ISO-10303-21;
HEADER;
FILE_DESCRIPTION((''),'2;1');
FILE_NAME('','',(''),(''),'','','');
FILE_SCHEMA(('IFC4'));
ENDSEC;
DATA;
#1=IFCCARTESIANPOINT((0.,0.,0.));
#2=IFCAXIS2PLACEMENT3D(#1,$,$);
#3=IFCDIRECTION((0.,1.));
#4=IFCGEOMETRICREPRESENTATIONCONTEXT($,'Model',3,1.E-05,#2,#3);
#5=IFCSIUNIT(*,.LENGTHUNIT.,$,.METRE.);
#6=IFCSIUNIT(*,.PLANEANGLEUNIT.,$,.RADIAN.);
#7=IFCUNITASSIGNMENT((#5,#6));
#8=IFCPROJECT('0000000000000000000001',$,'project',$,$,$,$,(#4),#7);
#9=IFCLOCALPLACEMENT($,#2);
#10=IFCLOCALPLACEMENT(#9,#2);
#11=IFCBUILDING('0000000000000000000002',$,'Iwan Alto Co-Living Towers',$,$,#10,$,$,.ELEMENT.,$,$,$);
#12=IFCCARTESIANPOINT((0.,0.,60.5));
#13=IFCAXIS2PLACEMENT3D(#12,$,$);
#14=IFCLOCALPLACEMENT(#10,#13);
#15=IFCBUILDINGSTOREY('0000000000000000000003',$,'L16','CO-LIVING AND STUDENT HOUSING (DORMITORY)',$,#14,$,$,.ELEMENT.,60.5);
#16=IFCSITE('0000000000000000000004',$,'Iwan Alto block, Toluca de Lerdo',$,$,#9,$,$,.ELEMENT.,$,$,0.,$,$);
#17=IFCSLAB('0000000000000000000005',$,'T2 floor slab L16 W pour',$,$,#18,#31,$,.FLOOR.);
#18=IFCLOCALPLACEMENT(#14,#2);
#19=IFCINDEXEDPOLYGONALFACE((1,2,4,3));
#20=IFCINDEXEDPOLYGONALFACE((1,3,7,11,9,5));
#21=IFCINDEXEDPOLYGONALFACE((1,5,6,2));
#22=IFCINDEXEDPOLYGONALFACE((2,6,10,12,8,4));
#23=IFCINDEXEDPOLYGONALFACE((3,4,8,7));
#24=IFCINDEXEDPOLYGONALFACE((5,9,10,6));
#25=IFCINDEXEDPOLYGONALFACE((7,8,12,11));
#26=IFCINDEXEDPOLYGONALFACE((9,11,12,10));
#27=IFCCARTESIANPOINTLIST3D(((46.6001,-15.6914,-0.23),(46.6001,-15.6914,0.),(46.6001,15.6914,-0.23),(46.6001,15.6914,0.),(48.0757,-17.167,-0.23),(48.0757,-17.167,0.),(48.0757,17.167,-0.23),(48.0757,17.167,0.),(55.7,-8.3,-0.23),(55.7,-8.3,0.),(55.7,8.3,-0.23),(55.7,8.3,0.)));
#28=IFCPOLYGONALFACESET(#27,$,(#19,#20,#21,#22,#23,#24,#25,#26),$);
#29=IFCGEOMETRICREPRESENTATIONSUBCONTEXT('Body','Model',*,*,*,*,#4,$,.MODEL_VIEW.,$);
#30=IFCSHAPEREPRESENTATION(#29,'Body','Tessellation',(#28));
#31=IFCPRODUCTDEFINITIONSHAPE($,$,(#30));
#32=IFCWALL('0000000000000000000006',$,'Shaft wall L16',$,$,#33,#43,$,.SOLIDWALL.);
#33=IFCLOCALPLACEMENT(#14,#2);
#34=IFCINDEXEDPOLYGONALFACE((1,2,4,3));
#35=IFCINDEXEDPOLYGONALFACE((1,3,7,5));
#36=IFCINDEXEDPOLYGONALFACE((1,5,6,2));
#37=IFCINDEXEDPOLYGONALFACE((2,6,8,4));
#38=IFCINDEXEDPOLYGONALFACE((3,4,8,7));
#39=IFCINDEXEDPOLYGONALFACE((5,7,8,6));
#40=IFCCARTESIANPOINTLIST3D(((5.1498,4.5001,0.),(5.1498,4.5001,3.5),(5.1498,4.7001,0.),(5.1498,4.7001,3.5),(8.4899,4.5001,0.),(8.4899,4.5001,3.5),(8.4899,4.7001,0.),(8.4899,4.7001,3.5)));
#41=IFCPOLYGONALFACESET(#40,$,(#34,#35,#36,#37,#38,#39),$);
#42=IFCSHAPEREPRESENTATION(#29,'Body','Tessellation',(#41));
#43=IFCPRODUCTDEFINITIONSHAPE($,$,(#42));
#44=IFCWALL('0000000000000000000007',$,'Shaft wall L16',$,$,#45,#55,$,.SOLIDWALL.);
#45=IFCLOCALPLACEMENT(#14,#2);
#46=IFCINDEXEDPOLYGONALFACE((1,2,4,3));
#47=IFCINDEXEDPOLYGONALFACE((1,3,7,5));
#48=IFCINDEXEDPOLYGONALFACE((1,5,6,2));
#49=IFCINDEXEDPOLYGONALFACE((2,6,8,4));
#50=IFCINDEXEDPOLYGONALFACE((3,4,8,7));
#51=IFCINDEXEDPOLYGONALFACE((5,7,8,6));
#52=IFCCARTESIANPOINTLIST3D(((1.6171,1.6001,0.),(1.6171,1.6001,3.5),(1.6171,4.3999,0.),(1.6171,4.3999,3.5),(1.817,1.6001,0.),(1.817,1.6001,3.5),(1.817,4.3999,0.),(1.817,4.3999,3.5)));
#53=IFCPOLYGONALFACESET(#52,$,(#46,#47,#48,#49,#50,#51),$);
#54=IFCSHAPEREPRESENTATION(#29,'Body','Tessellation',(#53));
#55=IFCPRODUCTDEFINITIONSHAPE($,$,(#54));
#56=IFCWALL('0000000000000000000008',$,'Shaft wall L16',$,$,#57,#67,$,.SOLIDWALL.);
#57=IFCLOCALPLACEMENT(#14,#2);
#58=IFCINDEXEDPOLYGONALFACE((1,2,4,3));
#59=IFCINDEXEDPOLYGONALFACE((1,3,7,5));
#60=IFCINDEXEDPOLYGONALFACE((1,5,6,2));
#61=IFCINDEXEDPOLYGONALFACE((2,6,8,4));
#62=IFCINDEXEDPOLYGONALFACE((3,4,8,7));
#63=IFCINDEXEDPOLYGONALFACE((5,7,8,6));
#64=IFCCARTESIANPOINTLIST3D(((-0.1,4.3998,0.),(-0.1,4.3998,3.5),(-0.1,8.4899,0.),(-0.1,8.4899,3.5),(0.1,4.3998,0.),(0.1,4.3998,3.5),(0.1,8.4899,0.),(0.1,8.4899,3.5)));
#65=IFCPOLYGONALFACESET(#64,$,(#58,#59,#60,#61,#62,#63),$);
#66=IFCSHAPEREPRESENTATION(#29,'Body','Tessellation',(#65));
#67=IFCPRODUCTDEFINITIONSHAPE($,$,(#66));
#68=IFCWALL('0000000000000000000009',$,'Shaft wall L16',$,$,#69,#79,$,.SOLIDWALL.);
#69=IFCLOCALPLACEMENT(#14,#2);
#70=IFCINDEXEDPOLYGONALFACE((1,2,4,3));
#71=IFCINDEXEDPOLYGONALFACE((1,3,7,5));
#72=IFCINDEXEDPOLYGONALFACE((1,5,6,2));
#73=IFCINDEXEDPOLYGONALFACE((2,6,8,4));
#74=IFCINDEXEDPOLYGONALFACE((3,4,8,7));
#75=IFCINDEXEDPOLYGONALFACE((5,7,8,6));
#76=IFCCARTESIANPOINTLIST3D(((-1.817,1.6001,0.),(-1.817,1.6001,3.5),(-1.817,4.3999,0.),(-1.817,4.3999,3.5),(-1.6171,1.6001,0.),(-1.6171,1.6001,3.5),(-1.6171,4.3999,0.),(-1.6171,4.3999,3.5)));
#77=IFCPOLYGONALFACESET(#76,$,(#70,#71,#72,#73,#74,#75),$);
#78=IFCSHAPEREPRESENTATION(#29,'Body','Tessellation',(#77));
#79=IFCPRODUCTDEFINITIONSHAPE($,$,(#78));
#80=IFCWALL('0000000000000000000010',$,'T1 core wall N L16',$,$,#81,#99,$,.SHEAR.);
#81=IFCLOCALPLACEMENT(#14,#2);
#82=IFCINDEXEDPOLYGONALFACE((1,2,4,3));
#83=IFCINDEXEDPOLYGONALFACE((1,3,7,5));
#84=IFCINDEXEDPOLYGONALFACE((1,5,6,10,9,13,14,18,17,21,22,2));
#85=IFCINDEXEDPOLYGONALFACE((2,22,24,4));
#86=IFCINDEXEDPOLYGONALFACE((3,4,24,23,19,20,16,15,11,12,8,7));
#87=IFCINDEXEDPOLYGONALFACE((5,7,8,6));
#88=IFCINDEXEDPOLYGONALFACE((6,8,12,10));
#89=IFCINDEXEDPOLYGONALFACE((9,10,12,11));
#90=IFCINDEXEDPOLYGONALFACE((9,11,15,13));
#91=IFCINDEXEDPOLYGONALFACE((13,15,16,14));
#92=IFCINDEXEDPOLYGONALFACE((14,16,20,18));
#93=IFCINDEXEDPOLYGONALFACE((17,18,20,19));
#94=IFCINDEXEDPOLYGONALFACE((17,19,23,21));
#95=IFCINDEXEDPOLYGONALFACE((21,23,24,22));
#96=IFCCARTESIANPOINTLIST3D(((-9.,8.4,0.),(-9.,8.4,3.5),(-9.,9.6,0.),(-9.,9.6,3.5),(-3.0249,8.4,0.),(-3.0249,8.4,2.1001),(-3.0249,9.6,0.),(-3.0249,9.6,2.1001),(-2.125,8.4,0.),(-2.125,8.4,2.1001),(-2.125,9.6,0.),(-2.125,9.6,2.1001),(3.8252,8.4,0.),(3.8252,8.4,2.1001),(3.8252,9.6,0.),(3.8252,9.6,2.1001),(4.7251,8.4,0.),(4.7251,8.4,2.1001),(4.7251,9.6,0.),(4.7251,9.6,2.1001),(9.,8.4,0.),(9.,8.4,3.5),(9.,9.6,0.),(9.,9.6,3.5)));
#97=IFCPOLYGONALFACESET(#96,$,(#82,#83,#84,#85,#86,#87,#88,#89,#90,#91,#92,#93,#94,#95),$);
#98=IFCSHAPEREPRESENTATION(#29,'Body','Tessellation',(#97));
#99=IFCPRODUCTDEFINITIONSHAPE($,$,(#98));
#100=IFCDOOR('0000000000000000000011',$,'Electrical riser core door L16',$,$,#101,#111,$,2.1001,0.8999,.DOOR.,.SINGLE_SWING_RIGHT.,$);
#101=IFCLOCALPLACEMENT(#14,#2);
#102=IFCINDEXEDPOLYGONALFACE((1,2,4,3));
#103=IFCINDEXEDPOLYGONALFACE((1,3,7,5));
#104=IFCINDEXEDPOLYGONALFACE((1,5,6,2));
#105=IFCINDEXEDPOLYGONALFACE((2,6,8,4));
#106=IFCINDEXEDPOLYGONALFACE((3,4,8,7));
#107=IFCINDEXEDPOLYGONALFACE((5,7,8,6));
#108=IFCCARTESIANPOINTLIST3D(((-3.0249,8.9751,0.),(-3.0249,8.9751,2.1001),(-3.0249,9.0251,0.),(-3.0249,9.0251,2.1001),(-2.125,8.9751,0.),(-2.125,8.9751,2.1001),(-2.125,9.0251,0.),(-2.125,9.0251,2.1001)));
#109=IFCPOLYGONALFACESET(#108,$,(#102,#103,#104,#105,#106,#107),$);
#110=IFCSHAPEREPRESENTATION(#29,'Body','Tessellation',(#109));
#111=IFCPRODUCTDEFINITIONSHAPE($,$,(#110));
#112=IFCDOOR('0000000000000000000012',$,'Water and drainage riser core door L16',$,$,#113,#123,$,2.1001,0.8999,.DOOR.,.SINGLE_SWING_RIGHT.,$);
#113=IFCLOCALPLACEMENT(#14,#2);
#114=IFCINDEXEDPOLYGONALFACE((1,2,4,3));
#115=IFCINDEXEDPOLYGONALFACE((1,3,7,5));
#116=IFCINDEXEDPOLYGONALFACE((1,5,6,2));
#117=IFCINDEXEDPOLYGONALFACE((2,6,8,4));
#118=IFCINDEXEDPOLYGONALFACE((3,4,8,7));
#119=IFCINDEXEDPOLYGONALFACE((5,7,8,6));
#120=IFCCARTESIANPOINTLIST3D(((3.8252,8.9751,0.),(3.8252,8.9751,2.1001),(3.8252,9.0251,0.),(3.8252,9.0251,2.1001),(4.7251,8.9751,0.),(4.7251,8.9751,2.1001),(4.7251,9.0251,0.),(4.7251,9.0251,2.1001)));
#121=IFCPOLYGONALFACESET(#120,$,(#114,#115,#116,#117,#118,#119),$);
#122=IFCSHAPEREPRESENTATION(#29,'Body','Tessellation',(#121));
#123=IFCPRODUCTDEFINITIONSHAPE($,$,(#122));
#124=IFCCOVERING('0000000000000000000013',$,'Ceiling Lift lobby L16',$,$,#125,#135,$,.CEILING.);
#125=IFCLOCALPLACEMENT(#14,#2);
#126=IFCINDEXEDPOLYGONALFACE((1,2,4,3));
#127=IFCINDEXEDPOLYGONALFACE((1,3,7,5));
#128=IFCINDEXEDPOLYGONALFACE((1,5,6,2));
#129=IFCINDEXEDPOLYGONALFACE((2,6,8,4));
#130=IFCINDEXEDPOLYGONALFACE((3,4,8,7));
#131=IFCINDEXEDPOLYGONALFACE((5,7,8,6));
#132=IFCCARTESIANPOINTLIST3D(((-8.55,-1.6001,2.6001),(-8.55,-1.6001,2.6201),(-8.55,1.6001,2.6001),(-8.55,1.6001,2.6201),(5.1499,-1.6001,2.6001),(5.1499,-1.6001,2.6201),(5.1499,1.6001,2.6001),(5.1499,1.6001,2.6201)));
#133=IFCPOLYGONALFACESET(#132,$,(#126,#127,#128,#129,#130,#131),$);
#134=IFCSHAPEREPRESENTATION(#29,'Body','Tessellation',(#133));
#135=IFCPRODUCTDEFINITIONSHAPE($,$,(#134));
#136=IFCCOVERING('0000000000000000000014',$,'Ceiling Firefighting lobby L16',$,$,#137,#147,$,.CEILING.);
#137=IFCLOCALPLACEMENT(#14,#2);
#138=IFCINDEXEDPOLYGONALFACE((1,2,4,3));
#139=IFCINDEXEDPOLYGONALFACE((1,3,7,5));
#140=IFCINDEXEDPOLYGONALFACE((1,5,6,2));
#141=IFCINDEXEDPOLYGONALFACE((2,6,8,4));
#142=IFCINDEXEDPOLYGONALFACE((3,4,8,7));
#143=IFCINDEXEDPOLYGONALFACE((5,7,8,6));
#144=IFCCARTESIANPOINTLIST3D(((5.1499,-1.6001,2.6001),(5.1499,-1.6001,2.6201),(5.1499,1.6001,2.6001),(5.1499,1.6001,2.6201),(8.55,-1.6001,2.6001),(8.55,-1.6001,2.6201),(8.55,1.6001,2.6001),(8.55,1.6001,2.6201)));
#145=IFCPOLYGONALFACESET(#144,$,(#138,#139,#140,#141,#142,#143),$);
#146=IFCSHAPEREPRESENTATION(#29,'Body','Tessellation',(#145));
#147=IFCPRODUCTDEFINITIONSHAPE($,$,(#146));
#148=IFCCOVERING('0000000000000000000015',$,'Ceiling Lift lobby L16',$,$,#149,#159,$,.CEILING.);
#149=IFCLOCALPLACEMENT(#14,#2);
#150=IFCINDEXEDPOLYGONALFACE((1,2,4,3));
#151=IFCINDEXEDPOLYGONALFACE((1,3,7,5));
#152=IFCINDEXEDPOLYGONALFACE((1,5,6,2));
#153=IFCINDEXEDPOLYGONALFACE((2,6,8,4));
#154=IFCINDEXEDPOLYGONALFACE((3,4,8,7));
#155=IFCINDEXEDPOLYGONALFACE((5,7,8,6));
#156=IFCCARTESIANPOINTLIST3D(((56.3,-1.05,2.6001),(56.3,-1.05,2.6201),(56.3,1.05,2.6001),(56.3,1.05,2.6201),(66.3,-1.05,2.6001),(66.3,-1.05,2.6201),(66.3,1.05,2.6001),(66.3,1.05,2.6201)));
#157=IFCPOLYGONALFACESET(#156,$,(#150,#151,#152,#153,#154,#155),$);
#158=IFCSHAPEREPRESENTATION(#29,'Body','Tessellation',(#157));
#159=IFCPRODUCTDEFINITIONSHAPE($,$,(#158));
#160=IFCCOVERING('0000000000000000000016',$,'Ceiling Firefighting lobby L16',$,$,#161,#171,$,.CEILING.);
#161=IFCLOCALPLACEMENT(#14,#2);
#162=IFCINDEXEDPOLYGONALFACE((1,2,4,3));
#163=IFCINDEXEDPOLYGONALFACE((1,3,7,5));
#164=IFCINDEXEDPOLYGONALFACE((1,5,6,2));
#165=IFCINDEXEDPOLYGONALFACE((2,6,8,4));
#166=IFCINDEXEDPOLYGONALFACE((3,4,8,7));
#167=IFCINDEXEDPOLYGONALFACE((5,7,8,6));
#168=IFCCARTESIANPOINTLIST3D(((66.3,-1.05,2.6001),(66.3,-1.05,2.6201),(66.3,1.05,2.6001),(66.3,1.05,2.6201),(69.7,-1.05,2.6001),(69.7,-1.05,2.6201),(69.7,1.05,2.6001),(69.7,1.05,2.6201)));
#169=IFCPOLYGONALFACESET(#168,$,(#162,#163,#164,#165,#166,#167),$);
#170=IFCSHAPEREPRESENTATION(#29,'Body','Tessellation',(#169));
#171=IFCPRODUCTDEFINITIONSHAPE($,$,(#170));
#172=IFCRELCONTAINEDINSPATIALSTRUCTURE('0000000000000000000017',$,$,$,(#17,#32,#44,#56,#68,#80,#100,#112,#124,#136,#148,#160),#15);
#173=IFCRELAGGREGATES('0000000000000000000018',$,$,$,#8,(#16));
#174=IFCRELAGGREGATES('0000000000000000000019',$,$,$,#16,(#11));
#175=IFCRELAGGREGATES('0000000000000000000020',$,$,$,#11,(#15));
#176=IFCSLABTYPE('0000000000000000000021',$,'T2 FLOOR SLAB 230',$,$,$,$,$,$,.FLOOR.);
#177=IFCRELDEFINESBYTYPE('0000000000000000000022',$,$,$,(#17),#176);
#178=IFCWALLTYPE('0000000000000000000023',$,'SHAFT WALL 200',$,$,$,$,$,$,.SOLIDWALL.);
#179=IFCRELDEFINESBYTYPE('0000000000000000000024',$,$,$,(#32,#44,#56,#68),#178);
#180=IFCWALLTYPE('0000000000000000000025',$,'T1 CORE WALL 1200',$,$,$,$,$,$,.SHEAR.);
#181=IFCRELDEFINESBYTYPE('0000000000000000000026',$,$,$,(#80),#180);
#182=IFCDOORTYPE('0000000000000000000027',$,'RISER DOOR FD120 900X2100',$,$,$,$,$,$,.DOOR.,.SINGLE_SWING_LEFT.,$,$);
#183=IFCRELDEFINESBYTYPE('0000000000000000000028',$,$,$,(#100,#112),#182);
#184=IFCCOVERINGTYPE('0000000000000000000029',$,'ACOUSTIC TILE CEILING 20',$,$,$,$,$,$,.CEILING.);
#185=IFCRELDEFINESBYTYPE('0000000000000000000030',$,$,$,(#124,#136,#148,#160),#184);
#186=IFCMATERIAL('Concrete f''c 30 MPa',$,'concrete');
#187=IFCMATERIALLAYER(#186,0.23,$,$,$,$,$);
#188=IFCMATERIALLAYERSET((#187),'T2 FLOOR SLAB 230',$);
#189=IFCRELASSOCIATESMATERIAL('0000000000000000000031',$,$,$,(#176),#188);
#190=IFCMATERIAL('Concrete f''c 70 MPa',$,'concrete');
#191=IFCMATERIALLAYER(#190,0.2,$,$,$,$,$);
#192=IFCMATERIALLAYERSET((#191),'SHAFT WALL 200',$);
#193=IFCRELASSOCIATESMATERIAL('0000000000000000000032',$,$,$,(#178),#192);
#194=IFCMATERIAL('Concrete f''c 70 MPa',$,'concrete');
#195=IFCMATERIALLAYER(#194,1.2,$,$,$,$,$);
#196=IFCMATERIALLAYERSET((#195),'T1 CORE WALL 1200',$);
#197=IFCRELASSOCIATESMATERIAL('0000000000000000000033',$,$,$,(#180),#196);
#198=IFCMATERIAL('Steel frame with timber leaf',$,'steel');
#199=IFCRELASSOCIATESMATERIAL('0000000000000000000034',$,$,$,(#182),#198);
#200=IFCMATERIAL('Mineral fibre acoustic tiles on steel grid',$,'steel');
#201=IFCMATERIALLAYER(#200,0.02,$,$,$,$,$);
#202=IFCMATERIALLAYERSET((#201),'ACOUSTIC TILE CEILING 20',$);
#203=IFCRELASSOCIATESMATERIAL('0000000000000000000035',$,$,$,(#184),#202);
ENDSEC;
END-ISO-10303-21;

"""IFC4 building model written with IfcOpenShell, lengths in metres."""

from ifc_helpers import new_model, si_unit, direction, frame, frame_2d, origin, place, context, subcontext, project, spatial, polyline, rectangle, outline, extrude, material, layer, layer_set, type_object, element, fill, save


model = new_model("IFC4")

# Units and contexts
model_context = context("Model", 3, precision=1e-05, world=origin(), true_north=direction((0.0, 1.0)))
body_context = subcontext(model_context, "Body", "Model", "MODEL_VIEW")
ifc_project = project(units=[si_unit("LENGTHUNIT", "METRE"), si_unit("PLANEANGLEUNIT", "RADIAN")], contexts=[model_context])

# Site, building, storey
site_placement = place(None, origin())
site = spatial("IfcSite", under=ifc_project, at=site_placement, Name="Iwan Alto block, Toluca de Lerdo", CompositionType="ELEMENT", RefElevation=0.0)
building_placement = place(site_placement, origin())
building = spatial("IfcBuilding", under=site, at=building_placement, Name="Iwan Alto Co-Living Towers", CompositionType="ELEMENT")
storey_placement = place(building_placement, frame((0.0, 0.0, 60.5)))
storey = spatial("IfcBuildingStorey", under=building, at=storey_placement, Name="L16", Description="CO-LIVING AND STUDENT HOUSING (DORMITORY)", CompositionType="ELEMENT", Elevation=60.5)

# Slab
ifc_material_1 = material(Name="Concrete f'c 30 MPa", Category="concrete")
ifc_layer_1 = layer(ifc_material_1, 0.23)
ifc_layer_set_1 = layer_set([ifc_layer_1], Name="T2 FLOOR SLAB 230")
slab_type_1 = type_object("IfcSlabType", Name="T2 FLOOR SLAB 230", PredefinedType="FLOOR", material=ifc_layer_set_1)
slab_1_placement = place(storey_placement, frame((0.0, 0.0, -0.23)))
element("IfcSlab", 1, at=slab_1_placement, inside=storey, type_object=slab_type_1, Name="T2 floor slab L16 W pour", PredefinedType="FLOOR", context=body_context, shape_type="SweptSolid", body=[
    extrude(outline(polyline([(46.6001, 15.6914), (48.0757, 17.167), (55.7, 8.3), (55.7, -8.3), (48.0757, -17.167), (46.6001, -15.6914), (46.6001, 15.6914)])), origin(), (0.0, 0.0, 1.0), 0.23),
])

# Walls
ifc_material_2 = material(Name="Concrete f'c 70 MPa", Category="concrete")
ifc_layer_2 = layer(ifc_material_2, 0.2)
ifc_layer_set_2 = layer_set([ifc_layer_2], Name="SHAFT WALL 200")
wall_type_1 = type_object("IfcWallType", Name="SHAFT WALL 200", PredefinedType="SOLIDWALL", material=ifc_layer_set_2)
wall_1_placement = place(storey_placement, frame((5.1499, 4.6001, 0.0), z_axis=(0.0, 0.0, 1.0), x_axis=(1.0, 0.0, 0.0)))
element("IfcWall", 2, at=wall_1_placement, inside=storey, type_object=wall_type_1, Name="Shaft wall L16", PredefinedType="SOLIDWALL", context=body_context, shape_type="SweptSolid", body=[
    extrude(rectangle(XDim=3.3401, YDim=0.2, at=frame_2d((1.6699, 0.0))), origin(), (0.0, 0.0, 1.0), 3.5),
])
wall_2_placement = place(storey_placement, frame((1.717, 1.6001, 0.0), z_axis=(0.0, 0.0, 1.0), x_axis=(0.0, 1.0, 0.0)))
element("IfcWall", 3, at=wall_2_placement, inside=storey, type_object=wall_type_1, Name="Shaft wall L16", PredefinedType="SOLIDWALL", context=body_context, shape_type="SweptSolid", body=[
    extrude(rectangle(XDim=2.7998, YDim=0.2, at=frame_2d((1.3999, 0.0))), origin(), (0.0, 0.0, 1.0), 3.5),
])
wall_3_placement = place(storey_placement, frame((0.0, 4.3999, 0.0), z_axis=(0.0, 0.0, 1.0), x_axis=(0.0, 1.0, 0.0)))
element("IfcWall", 4, at=wall_3_placement, inside=storey, type_object=wall_type_1, Name="Shaft wall L16", PredefinedType="SOLIDWALL", context=body_context, shape_type="SweptSolid", body=[
    extrude(rectangle(XDim=4.0901, YDim=0.2, at=frame_2d((2.0449, 0.0))), origin(), (0.0, 0.0, 1.0), 3.5),
])
wall_4_placement = place(storey_placement, frame((-1.717, 1.6001, 0.0), z_axis=(0.0, 0.0, 1.0), x_axis=(0.0, 1.0, 0.0)))
element("IfcWall", 5, at=wall_4_placement, inside=storey, type_object=wall_type_1, Name="Shaft wall L16", PredefinedType="SOLIDWALL", context=body_context, shape_type="SweptSolid", body=[
    extrude(rectangle(XDim=2.7998, YDim=0.2, at=frame_2d((1.3999, 0.0))), origin(), (0.0, 0.0, 1.0), 3.5),
])

# Wall, openings, doors
ifc_material_3 = material(Name="Concrete f'c 70 MPa", Category="concrete")
ifc_layer_3 = layer(ifc_material_3, 1.2)
ifc_layer_set_3 = layer_set([ifc_layer_3], Name="T1 CORE WALL 1200")
wall_type_2 = type_object("IfcWallType", Name="T1 CORE WALL 1200", PredefinedType="SHEAR", material=ifc_layer_set_3)
wall_5_placement = place(storey_placement, frame((9.0, 9.0, 0.0), z_axis=(0.0, 0.0, 1.0), x_axis=(-1.0, 0.0, 0.0)))
wall_5 = element("IfcWall", 6, at=wall_5_placement, inside=storey, type_object=wall_type_2, Name="T1 core wall N L16", PredefinedType="SHEAR", context=body_context, shape_type="SweptSolid", body=[
    extrude(rectangle(XDim=18.0, YDim=1.2, at=frame_2d((9.0, 0.0))), origin(), (0.0, 0.0, 1.0), 3.5),
])
opening_1_placement = place(wall_5_placement, frame((11.125, 0.0, 0.0)))
opening_1 = element("IfcOpeningElement", 7, at=opening_1_placement, cuts=wall_5, PredefinedType="OPENING", context=body_context, shape_type="SweptSolid", body=[
    extrude(rectangle(XDim=0.8999, YDim=2.1001, at=frame_2d((0.45, 1.05))), frame((0.0, 0.6099, 0.0), z_axis=(0.0, -1.0, 0.0), x_axis=(1.0, 0.0, 0.0)), (0.0, 0.0, 1.0), 1.22),
])
opening_2_placement = place(wall_5_placement, frame((4.2749, 0.0, 0.0)))
opening_2 = element("IfcOpeningElement", 8, at=opening_2_placement, cuts=wall_5, PredefinedType="OPENING", context=body_context, shape_type="SweptSolid", body=[
    extrude(rectangle(XDim=0.8999, YDim=2.1001, at=frame_2d((0.45, 1.05))), frame((0.0, 0.6099, 0.0), z_axis=(0.0, -1.0, 0.0), x_axis=(1.0, 0.0, 0.0)), (0.0, 0.0, 1.0), 1.22),
])
ifc_material_4 = material(Name="Steel frame with timber leaf", Category="steel")
door_type = type_object("IfcDoorType", Name="RISER DOOR FD120 900X2100", OperationType="SINGLE_SWING_LEFT", PredefinedType="DOOR", material=ifc_material_4)
door_1_placement = place(opening_1_placement, origin())
door_1 = element("IfcDoor", 9, at=door_1_placement, inside=storey, type_object=door_type, Name="Electrical riser core door L16", OperationType="SINGLE_SWING_RIGHT", OverallHeight=2.1001, OverallWidth=0.8999, PredefinedType="DOOR", context=body_context, shape_type="SweptSolid", body=[
    extrude(rectangle(XDim=0.8999, YDim=2.1001, at=frame_2d((0.45, 1.05))), frame((0.0, 0.0249, 0.0), z_axis=(0.0, -1.0, 0.0), x_axis=(1.0, 0.0, 0.0)), (0.0, 0.0, 1.0), 0.05),
])
fill(opening_1, door_1)
door_2_placement = place(opening_2_placement, origin())
door_2 = element("IfcDoor", 10, at=door_2_placement, inside=storey, type_object=door_type, Name="Water and drainage riser core door L16", OperationType="SINGLE_SWING_RIGHT", OverallHeight=2.1001, OverallWidth=0.8999, PredefinedType="DOOR", context=body_context, shape_type="SweptSolid", body=[
    extrude(rectangle(XDim=0.8999, YDim=2.1001, at=frame_2d((0.45, 1.05))), frame((0.0, 0.0249, 0.0), z_axis=(0.0, -1.0, 0.0), x_axis=(1.0, 0.0, 0.0)), (0.0, 0.0, 1.0), 0.05),
])
fill(opening_2, door_2)

# Coverings
ifc_material_5 = material(Name="Mineral fibre acoustic tiles on steel grid", Category="steel")
ifc_layer_4 = layer(ifc_material_5, 0.02)
ifc_layer_set_4 = layer_set([ifc_layer_4], Name="ACOUSTIC TILE CEILING 20")
covering_type_1 = type_object("IfcCoveringType", Name="ACOUSTIC TILE CEILING 20", PredefinedType="CEILING", material=ifc_layer_set_4)
covering_1_placement = place(storey_placement, frame((0.0, 0.0, 2.6001)))
element("IfcCovering", 11, at=covering_1_placement, inside=storey, type_object=covering_type_1, Name="Ceiling Lift lobby L16", PredefinedType="CEILING", context=body_context, shape_type="SweptSolid", body=[
    extrude(outline(polyline([(-8.55, -1.6001), (-8.55, 1.6001), (5.1499, 1.6001), (5.1499, -1.6001), (-8.55, -1.6001)])), origin(), (0.0, 0.0, 1.0), 0.02),
])
covering_2_placement = place(storey_placement, frame((0.0, 0.0, 2.6001)))
element("IfcCovering", 12, at=covering_2_placement, inside=storey, type_object=covering_type_1, Name="Ceiling Firefighting lobby L16", PredefinedType="CEILING", context=body_context, shape_type="SweptSolid", body=[
    extrude(outline(polyline([(5.1499, -1.6001), (5.1499, 1.6001), (8.55, 1.6001), (8.55, -1.6001), (5.1499, -1.6001)])), origin(), (0.0, 0.0, 1.0), 0.02),
])
covering_3_placement = place(storey_placement, frame((0.0, 0.0, 2.6001)))
element("IfcCovering", 13, at=covering_3_placement, inside=storey, type_object=covering_type_1, Name="Ceiling Lift lobby L16", PredefinedType="CEILING", context=body_context, shape_type="SweptSolid", body=[
    extrude(outline(polyline([(56.3, -1.05), (56.3, 1.05), (66.3, 1.05), (66.3, -1.05), (56.3, -1.05)])), origin(), (0.0, 0.0, 1.0), 0.02),
])
covering_4_placement = place(storey_placement, frame((0.0, 0.0, 2.6001)))
element("IfcCovering", 14, at=covering_4_placement, inside=storey, type_object=covering_type_1, Name="Ceiling Firefighting lobby L16", PredefinedType="CEILING", context=body_context, shape_type="SweptSolid", body=[
    extrude(outline(polyline([(66.3, -1.05), (66.3, 1.05), (69.7, 1.05), (69.7, -1.05), (66.3, -1.05)])), origin(), (0.0, 0.0, 1.0), 0.02),
])

save(model, "model.ifc")
